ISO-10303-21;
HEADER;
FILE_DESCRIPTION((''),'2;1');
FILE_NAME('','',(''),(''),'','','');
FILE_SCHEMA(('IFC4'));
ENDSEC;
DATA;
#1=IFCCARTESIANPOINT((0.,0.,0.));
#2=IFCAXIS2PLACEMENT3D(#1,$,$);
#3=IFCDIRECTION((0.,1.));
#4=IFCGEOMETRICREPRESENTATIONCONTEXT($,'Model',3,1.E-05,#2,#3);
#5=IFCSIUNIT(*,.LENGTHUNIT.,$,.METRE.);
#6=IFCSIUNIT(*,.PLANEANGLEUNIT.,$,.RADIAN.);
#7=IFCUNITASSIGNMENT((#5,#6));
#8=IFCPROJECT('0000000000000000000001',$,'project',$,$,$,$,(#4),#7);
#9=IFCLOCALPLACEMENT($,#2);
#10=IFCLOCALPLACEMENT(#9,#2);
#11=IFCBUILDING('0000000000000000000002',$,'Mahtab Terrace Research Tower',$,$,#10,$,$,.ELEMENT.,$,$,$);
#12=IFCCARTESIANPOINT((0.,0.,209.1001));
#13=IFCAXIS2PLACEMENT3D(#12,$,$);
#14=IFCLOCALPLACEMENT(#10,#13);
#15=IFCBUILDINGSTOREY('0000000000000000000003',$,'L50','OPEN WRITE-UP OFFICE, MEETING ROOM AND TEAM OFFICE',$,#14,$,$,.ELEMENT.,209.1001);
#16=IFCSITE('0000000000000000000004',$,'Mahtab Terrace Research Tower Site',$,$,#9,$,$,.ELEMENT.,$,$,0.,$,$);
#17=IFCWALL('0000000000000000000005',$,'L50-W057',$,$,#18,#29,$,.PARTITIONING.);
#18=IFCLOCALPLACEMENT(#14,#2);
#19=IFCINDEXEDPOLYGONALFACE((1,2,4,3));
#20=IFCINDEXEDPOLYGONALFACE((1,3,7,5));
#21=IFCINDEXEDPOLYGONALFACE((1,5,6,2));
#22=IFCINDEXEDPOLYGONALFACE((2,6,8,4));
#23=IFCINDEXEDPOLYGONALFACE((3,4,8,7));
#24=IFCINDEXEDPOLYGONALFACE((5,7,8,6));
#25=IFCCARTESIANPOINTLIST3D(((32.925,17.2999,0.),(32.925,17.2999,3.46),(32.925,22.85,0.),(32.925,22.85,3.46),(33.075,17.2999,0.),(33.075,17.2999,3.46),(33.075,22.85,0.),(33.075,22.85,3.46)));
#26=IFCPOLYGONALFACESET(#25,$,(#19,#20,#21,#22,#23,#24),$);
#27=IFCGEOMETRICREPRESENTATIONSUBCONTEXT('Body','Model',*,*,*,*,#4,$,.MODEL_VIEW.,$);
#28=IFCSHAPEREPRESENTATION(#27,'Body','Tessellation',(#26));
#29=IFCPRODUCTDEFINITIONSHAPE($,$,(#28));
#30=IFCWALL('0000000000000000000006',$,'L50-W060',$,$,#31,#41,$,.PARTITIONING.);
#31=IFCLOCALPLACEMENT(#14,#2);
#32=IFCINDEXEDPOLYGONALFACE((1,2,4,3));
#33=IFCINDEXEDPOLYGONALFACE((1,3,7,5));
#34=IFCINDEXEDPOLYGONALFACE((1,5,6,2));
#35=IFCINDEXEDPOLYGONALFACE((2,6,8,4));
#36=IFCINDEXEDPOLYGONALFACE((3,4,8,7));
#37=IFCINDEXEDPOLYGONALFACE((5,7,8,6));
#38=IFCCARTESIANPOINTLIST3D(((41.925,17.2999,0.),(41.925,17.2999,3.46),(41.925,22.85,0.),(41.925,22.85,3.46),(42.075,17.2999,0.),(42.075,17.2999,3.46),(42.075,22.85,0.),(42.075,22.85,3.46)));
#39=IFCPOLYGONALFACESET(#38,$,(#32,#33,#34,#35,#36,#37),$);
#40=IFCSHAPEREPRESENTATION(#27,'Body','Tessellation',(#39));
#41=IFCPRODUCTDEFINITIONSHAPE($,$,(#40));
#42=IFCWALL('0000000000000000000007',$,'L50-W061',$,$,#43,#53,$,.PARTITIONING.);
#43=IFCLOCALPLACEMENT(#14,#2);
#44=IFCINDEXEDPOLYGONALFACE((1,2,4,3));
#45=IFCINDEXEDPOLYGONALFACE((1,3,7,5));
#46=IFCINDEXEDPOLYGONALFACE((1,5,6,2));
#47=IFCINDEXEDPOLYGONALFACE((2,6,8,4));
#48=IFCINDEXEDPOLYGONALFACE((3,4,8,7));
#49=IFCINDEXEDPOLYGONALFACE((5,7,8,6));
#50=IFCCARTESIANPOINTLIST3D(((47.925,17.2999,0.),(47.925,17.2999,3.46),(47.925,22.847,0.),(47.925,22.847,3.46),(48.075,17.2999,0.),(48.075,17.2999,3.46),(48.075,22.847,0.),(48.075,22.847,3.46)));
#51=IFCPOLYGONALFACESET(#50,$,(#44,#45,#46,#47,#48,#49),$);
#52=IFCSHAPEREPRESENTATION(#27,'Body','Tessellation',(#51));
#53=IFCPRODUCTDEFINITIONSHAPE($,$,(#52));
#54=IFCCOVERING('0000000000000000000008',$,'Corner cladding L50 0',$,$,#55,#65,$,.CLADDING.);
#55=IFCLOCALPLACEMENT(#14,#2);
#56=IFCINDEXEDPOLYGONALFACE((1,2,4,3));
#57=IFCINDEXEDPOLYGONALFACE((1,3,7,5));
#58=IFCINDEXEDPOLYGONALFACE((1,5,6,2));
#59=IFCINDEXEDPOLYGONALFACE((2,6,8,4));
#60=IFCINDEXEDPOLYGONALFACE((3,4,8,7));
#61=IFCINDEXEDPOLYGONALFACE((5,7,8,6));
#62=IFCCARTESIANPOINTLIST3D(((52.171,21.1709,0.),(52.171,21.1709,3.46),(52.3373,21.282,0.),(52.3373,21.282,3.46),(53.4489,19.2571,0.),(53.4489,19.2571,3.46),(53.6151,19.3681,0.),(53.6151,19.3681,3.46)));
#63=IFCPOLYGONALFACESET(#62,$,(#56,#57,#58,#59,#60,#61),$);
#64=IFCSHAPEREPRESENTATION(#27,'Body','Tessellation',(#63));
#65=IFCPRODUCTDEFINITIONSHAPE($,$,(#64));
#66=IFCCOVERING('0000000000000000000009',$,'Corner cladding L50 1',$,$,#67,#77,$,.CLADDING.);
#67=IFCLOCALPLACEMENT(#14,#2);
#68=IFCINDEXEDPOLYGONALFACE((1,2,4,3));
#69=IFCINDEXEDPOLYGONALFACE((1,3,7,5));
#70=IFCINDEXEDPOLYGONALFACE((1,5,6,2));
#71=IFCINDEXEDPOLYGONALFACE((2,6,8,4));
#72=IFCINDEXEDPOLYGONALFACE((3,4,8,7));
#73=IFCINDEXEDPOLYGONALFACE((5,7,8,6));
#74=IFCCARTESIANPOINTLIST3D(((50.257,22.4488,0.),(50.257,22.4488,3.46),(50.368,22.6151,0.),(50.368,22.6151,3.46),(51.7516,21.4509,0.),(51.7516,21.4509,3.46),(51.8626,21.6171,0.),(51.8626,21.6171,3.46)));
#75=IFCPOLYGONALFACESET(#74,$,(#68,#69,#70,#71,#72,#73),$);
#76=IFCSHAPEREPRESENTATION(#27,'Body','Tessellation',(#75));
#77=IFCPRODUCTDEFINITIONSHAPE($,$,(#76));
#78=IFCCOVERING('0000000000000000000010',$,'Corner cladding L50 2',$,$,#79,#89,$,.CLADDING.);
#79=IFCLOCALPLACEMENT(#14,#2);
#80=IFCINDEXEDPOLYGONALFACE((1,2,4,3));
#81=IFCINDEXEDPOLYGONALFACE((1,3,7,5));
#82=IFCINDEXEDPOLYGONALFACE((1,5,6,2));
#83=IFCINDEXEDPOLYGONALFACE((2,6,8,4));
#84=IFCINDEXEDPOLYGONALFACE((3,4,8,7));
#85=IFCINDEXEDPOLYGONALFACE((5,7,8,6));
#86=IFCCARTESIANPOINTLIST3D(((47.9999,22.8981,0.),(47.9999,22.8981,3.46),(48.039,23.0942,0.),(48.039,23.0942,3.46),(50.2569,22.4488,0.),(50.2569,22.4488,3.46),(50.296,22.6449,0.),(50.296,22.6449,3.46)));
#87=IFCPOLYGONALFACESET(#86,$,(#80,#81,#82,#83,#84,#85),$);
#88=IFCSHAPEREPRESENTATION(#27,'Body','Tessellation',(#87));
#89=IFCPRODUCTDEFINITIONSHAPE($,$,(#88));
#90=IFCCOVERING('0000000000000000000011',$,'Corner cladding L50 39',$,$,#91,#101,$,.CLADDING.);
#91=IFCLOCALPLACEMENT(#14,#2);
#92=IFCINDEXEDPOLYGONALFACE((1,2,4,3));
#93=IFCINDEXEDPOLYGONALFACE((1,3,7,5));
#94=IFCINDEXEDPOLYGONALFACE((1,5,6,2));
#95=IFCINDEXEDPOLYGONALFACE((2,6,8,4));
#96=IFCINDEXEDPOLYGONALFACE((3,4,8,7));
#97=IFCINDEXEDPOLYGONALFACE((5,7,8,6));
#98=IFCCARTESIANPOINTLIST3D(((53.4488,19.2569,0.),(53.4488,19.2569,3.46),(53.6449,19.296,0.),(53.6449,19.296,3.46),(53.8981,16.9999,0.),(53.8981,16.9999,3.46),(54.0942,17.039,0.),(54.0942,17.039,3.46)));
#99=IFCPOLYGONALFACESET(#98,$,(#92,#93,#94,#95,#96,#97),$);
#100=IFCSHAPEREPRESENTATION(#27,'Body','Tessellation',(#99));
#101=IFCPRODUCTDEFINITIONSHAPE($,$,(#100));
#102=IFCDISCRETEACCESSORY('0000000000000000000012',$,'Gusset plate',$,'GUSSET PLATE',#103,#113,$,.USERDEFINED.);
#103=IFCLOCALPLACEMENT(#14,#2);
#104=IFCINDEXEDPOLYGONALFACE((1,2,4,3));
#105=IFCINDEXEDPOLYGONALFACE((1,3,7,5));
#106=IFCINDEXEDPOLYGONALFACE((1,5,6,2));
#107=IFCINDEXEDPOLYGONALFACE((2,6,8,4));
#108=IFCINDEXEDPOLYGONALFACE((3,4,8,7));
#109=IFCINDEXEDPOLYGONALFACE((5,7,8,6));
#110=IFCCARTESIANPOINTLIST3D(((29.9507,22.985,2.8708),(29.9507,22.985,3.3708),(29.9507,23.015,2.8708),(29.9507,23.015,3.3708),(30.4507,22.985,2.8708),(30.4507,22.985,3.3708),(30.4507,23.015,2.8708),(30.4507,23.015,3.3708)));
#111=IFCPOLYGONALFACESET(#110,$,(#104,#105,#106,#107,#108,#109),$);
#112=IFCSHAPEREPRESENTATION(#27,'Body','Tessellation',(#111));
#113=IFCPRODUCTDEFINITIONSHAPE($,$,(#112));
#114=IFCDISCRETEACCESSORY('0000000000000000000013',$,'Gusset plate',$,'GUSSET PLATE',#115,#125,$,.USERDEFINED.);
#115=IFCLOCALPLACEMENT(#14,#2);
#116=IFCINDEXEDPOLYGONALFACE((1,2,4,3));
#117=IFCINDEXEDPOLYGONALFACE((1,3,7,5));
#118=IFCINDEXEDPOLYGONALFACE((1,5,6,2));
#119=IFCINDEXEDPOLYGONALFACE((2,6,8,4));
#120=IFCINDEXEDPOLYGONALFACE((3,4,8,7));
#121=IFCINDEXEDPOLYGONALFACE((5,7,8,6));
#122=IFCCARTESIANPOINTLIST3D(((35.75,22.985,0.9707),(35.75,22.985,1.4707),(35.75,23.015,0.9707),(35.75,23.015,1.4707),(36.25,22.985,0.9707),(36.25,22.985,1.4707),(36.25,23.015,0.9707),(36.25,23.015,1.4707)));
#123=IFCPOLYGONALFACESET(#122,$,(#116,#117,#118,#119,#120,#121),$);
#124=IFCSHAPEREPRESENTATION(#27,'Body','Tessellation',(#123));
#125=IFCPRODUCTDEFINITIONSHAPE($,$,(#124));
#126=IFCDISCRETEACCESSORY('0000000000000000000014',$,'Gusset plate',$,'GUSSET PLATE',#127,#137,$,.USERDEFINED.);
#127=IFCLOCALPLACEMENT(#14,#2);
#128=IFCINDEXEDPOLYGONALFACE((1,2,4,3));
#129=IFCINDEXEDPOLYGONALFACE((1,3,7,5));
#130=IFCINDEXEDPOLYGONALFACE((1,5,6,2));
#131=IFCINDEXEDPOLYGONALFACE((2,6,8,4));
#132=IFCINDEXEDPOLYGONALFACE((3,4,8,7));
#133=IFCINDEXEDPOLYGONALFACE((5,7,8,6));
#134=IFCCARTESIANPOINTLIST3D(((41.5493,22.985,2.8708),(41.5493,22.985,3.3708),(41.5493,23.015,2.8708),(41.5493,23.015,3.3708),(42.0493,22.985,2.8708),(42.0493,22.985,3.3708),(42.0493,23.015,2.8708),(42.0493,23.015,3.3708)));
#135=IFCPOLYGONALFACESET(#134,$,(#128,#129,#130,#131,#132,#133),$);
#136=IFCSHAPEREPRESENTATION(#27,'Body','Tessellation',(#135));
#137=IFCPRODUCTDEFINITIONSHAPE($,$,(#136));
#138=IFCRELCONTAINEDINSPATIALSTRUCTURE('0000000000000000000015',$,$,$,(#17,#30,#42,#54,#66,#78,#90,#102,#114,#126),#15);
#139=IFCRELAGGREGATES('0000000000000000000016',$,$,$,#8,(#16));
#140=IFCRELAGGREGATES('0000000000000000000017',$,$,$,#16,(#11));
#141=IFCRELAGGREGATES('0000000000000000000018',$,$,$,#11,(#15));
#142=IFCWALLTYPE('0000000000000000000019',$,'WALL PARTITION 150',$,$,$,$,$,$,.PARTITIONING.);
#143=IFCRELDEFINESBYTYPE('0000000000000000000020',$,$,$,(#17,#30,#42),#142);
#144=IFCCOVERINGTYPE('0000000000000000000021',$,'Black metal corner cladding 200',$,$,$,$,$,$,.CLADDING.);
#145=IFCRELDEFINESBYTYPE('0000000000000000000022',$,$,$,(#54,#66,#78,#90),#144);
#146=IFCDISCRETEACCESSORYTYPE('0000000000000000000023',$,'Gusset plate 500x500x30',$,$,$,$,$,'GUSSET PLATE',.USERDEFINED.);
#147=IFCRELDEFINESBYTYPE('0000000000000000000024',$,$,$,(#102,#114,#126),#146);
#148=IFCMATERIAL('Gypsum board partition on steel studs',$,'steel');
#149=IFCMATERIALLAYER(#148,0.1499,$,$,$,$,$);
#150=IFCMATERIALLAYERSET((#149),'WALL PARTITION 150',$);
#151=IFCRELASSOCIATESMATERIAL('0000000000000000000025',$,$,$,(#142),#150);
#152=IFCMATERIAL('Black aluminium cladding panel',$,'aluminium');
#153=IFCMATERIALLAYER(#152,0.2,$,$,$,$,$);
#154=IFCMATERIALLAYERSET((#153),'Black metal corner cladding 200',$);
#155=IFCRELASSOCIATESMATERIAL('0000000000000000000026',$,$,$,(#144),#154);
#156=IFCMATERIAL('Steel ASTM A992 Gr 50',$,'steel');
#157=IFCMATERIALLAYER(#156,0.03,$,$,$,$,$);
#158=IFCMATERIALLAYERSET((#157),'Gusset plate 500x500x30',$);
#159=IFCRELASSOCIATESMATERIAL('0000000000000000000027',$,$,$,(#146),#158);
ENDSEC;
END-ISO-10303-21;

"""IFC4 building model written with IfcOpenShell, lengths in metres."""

from ifc_helpers import new_model, si_unit, direction, frame, frame_2d, origin, origin_2d, place, context, subcontext, project, spatial, rectangle, extrude, material, layer, layer_set, type_object, element, save


model = new_model("IFC4")

# Units and contexts
model_context = context("Model", 3, precision=1e-05, world=origin(), true_north=direction((0.0, 1.0)))
body_context = subcontext(model_context, "Body", "Model", "MODEL_VIEW")
ifc_project = project(units=[si_unit("LENGTHUNIT", "METRE"), si_unit("PLANEANGLEUNIT", "RADIAN")], contexts=[model_context])

# Site, building, storey
site_placement = place(None, origin())
site = spatial("IfcSite", under=ifc_project, at=site_placement, Name="Mahtab Terrace Research Tower Site", CompositionType="ELEMENT", RefElevation=0.0)
building_placement = place(site_placement, origin())
building = spatial("IfcBuilding", under=site, at=building_placement, Name="Mahtab Terrace Research Tower", CompositionType="ELEMENT")
storey_placement = place(building_placement, frame((0.0, 0.0, 209.1001)))
storey = spatial("IfcBuildingStorey", under=building, at=storey_placement, Name="L50", Description="OPEN WRITE-UP OFFICE, MEETING ROOM AND TEAM OFFICE", CompositionType="ELEMENT", Elevation=209.1001)

# Shared definitions
ifc_material_1 = material(Name="Steel ASTM A992 Gr 50", Category="steel")

# Shared definitions
ifc_material_2 = material(Name="Black aluminium cladding panel", Category="aluminium")

# Walls
ifc_material_3 = material(Name="Gypsum board partition on steel studs", Category="steel")
ifc_layer_1 = layer(ifc_material_3, 0.1499)
ifc_layer_set_1 = layer_set([ifc_layer_1], Name="WALL PARTITION 150")
wall_type_1 = type_object("IfcWallType", Name="WALL PARTITION 150", PredefinedType="PARTITIONING", material=ifc_layer_set_1)
for number, where, z_axis, x_axis, name in (
    (1, (33.0, 17.3, 0.0), (0.0, 0.0, 1.0), (0.0, 1.0, 0.0), "L50-W057"),
    (2, (42.0, 17.3, 0.0), (0.0, 0.0, 1.0), (0.0, 1.0, 0.0), "L50-W060"),
):
    element("IfcWall", number, at=place(storey_placement, frame(where, z_axis=z_axis, x_axis=x_axis)), inside=storey, type_object=wall_type_1, Name=name, PredefinedType="PARTITIONING", context=body_context, shape_type="SweptSolid", body=[
        extrude(rectangle(XDim=5.55, YDim=0.1499, at=frame_2d((2.7749, 0.0))), origin(), (0.0, 0.0, 1.0), 3.46),
    ])
wall_1_placement = place(storey_placement, frame((48.0, 17.3, 0.0), z_axis=(0.0, 0.0, 1.0), x_axis=(0.0, 1.0, 0.0)))
element("IfcWall", 3, at=wall_1_placement, inside=storey, type_object=wall_type_1, Name="L50-W061", PredefinedType="PARTITIONING", context=body_context, shape_type="SweptSolid", body=[
    extrude(rectangle(XDim=5.5471, YDim=0.1499, at=frame_2d((2.7734, 0.0))), origin(), (0.0, 0.0, 1.0), 3.46),
])

# Coverings
ifc_layer_2 = layer(ifc_material_2, 0.2)
ifc_layer_set_2 = layer_set([ifc_layer_2], Name="Black metal corner cladding 200")
covering_type = type_object("IfcCoveringType", Name="Black metal corner cladding 200", PredefinedType="CLADDING", material=ifc_layer_set_2)
covering_1_placement = place(storey_placement, frame((52.8931, 20.2695, 0.0), z_axis=(0.0, 0.0, 1.0), x_axis=(-0.555291, 0.831656, 0.0)))
element("IfcCovering", 4, at=covering_1_placement, inside=storey, type_object=covering_type, Name="Corner cladding L50 0", PredefinedType="CLADDING", context=body_context, shape_type="SweptSolid", body=[
    extrude(rectangle(XDim=2.3013, YDim=0.2, at=origin_2d()), origin(), (0.0, 0.0, 1.0), 3.46),
])
covering_2_placement = place(storey_placement, frame((51.0598, 22.033, 0.0), z_axis=(0.0, 0.0, 1.0), x_axis=(-0.831656, 0.555291, 0.0)))
element("IfcCovering", 5, at=covering_2_placement, inside=storey, type_object=covering_type, Name="Corner cladding L50 1", PredefinedType="CLADDING", context=body_context, shape_type="SweptSolid", body=[
    extrude(rectangle(XDim=1.7971, YDim=0.2, at=origin_2d()), origin(), (0.0, 0.0, 1.0), 3.46),
])
for number, where, z_axis, x_axis, name in (
    (6, (49.1479, 22.7715, 0.0), (0.0, 0.0, 1.0), (-0.980761, 0.195212, 0.0), "Corner cladding L50 2"),
    (7, (53.7715, 18.1479, 0.0), (0.0, 0.0, 1.0), (-0.195212, 0.980761, 0.0), "Corner cladding L50 39"),
):
    element("IfcCovering", number, at=place(storey_placement, frame(where, z_axis=z_axis, x_axis=x_axis)), inside=storey, type_object=covering_type, Name=name, PredefinedType="CLADDING", context=body_context, shape_type="SweptSolid", body=[
        extrude(rectangle(XDim=2.3013, YDim=0.2, at=origin_2d()), origin(), (0.0, 0.0, 1.0), 3.46),
    ])

# Discrete accessories
ifc_layer_3 = layer(ifc_material_1, 0.03)
ifc_layer_set_3 = layer_set([ifc_layer_3], Name="Gusset plate 500x500x30")
discrete_accessory_type = type_object("IfcDiscreteAccessoryType", Name="Gusset plate 500x500x30", ElementType="GUSSET PLATE", PredefinedType="USERDEFINED", material=ifc_layer_set_3)
for number, where, z_axis, x_axis, name in (
    (8, (30.2007, 23.0, 2.8708), (0.0, 0.0, 1.0), (1.0, 0.0, 0.0), "Gusset plate"),
    (9, (36.0, 23.0, 0.9707), (0.0, 0.0, 1.0), (1.0, 0.0, 0.0), "Gusset plate"),
    (10, (41.7993, 23.0, 2.8708), (0.0, 0.0, 1.0), (1.0, 0.0, 0.0), "Gusset plate"),
):
    element("IfcDiscreteAccessory", number, at=place(storey_placement, frame(where, z_axis=z_axis, x_axis=x_axis)), inside=storey, type_object=discrete_accessory_type, Name=name, ObjectType="GUSSET PLATE", PredefinedType="USERDEFINED", context=body_context, shape_type="SweptSolid", body=[
        extrude(rectangle(XDim=0.5, YDim=0.03, at=origin_2d()), origin(), (0.0, 0.0, 1.0), 0.5),
    ])

save(model, "model.ifc")
